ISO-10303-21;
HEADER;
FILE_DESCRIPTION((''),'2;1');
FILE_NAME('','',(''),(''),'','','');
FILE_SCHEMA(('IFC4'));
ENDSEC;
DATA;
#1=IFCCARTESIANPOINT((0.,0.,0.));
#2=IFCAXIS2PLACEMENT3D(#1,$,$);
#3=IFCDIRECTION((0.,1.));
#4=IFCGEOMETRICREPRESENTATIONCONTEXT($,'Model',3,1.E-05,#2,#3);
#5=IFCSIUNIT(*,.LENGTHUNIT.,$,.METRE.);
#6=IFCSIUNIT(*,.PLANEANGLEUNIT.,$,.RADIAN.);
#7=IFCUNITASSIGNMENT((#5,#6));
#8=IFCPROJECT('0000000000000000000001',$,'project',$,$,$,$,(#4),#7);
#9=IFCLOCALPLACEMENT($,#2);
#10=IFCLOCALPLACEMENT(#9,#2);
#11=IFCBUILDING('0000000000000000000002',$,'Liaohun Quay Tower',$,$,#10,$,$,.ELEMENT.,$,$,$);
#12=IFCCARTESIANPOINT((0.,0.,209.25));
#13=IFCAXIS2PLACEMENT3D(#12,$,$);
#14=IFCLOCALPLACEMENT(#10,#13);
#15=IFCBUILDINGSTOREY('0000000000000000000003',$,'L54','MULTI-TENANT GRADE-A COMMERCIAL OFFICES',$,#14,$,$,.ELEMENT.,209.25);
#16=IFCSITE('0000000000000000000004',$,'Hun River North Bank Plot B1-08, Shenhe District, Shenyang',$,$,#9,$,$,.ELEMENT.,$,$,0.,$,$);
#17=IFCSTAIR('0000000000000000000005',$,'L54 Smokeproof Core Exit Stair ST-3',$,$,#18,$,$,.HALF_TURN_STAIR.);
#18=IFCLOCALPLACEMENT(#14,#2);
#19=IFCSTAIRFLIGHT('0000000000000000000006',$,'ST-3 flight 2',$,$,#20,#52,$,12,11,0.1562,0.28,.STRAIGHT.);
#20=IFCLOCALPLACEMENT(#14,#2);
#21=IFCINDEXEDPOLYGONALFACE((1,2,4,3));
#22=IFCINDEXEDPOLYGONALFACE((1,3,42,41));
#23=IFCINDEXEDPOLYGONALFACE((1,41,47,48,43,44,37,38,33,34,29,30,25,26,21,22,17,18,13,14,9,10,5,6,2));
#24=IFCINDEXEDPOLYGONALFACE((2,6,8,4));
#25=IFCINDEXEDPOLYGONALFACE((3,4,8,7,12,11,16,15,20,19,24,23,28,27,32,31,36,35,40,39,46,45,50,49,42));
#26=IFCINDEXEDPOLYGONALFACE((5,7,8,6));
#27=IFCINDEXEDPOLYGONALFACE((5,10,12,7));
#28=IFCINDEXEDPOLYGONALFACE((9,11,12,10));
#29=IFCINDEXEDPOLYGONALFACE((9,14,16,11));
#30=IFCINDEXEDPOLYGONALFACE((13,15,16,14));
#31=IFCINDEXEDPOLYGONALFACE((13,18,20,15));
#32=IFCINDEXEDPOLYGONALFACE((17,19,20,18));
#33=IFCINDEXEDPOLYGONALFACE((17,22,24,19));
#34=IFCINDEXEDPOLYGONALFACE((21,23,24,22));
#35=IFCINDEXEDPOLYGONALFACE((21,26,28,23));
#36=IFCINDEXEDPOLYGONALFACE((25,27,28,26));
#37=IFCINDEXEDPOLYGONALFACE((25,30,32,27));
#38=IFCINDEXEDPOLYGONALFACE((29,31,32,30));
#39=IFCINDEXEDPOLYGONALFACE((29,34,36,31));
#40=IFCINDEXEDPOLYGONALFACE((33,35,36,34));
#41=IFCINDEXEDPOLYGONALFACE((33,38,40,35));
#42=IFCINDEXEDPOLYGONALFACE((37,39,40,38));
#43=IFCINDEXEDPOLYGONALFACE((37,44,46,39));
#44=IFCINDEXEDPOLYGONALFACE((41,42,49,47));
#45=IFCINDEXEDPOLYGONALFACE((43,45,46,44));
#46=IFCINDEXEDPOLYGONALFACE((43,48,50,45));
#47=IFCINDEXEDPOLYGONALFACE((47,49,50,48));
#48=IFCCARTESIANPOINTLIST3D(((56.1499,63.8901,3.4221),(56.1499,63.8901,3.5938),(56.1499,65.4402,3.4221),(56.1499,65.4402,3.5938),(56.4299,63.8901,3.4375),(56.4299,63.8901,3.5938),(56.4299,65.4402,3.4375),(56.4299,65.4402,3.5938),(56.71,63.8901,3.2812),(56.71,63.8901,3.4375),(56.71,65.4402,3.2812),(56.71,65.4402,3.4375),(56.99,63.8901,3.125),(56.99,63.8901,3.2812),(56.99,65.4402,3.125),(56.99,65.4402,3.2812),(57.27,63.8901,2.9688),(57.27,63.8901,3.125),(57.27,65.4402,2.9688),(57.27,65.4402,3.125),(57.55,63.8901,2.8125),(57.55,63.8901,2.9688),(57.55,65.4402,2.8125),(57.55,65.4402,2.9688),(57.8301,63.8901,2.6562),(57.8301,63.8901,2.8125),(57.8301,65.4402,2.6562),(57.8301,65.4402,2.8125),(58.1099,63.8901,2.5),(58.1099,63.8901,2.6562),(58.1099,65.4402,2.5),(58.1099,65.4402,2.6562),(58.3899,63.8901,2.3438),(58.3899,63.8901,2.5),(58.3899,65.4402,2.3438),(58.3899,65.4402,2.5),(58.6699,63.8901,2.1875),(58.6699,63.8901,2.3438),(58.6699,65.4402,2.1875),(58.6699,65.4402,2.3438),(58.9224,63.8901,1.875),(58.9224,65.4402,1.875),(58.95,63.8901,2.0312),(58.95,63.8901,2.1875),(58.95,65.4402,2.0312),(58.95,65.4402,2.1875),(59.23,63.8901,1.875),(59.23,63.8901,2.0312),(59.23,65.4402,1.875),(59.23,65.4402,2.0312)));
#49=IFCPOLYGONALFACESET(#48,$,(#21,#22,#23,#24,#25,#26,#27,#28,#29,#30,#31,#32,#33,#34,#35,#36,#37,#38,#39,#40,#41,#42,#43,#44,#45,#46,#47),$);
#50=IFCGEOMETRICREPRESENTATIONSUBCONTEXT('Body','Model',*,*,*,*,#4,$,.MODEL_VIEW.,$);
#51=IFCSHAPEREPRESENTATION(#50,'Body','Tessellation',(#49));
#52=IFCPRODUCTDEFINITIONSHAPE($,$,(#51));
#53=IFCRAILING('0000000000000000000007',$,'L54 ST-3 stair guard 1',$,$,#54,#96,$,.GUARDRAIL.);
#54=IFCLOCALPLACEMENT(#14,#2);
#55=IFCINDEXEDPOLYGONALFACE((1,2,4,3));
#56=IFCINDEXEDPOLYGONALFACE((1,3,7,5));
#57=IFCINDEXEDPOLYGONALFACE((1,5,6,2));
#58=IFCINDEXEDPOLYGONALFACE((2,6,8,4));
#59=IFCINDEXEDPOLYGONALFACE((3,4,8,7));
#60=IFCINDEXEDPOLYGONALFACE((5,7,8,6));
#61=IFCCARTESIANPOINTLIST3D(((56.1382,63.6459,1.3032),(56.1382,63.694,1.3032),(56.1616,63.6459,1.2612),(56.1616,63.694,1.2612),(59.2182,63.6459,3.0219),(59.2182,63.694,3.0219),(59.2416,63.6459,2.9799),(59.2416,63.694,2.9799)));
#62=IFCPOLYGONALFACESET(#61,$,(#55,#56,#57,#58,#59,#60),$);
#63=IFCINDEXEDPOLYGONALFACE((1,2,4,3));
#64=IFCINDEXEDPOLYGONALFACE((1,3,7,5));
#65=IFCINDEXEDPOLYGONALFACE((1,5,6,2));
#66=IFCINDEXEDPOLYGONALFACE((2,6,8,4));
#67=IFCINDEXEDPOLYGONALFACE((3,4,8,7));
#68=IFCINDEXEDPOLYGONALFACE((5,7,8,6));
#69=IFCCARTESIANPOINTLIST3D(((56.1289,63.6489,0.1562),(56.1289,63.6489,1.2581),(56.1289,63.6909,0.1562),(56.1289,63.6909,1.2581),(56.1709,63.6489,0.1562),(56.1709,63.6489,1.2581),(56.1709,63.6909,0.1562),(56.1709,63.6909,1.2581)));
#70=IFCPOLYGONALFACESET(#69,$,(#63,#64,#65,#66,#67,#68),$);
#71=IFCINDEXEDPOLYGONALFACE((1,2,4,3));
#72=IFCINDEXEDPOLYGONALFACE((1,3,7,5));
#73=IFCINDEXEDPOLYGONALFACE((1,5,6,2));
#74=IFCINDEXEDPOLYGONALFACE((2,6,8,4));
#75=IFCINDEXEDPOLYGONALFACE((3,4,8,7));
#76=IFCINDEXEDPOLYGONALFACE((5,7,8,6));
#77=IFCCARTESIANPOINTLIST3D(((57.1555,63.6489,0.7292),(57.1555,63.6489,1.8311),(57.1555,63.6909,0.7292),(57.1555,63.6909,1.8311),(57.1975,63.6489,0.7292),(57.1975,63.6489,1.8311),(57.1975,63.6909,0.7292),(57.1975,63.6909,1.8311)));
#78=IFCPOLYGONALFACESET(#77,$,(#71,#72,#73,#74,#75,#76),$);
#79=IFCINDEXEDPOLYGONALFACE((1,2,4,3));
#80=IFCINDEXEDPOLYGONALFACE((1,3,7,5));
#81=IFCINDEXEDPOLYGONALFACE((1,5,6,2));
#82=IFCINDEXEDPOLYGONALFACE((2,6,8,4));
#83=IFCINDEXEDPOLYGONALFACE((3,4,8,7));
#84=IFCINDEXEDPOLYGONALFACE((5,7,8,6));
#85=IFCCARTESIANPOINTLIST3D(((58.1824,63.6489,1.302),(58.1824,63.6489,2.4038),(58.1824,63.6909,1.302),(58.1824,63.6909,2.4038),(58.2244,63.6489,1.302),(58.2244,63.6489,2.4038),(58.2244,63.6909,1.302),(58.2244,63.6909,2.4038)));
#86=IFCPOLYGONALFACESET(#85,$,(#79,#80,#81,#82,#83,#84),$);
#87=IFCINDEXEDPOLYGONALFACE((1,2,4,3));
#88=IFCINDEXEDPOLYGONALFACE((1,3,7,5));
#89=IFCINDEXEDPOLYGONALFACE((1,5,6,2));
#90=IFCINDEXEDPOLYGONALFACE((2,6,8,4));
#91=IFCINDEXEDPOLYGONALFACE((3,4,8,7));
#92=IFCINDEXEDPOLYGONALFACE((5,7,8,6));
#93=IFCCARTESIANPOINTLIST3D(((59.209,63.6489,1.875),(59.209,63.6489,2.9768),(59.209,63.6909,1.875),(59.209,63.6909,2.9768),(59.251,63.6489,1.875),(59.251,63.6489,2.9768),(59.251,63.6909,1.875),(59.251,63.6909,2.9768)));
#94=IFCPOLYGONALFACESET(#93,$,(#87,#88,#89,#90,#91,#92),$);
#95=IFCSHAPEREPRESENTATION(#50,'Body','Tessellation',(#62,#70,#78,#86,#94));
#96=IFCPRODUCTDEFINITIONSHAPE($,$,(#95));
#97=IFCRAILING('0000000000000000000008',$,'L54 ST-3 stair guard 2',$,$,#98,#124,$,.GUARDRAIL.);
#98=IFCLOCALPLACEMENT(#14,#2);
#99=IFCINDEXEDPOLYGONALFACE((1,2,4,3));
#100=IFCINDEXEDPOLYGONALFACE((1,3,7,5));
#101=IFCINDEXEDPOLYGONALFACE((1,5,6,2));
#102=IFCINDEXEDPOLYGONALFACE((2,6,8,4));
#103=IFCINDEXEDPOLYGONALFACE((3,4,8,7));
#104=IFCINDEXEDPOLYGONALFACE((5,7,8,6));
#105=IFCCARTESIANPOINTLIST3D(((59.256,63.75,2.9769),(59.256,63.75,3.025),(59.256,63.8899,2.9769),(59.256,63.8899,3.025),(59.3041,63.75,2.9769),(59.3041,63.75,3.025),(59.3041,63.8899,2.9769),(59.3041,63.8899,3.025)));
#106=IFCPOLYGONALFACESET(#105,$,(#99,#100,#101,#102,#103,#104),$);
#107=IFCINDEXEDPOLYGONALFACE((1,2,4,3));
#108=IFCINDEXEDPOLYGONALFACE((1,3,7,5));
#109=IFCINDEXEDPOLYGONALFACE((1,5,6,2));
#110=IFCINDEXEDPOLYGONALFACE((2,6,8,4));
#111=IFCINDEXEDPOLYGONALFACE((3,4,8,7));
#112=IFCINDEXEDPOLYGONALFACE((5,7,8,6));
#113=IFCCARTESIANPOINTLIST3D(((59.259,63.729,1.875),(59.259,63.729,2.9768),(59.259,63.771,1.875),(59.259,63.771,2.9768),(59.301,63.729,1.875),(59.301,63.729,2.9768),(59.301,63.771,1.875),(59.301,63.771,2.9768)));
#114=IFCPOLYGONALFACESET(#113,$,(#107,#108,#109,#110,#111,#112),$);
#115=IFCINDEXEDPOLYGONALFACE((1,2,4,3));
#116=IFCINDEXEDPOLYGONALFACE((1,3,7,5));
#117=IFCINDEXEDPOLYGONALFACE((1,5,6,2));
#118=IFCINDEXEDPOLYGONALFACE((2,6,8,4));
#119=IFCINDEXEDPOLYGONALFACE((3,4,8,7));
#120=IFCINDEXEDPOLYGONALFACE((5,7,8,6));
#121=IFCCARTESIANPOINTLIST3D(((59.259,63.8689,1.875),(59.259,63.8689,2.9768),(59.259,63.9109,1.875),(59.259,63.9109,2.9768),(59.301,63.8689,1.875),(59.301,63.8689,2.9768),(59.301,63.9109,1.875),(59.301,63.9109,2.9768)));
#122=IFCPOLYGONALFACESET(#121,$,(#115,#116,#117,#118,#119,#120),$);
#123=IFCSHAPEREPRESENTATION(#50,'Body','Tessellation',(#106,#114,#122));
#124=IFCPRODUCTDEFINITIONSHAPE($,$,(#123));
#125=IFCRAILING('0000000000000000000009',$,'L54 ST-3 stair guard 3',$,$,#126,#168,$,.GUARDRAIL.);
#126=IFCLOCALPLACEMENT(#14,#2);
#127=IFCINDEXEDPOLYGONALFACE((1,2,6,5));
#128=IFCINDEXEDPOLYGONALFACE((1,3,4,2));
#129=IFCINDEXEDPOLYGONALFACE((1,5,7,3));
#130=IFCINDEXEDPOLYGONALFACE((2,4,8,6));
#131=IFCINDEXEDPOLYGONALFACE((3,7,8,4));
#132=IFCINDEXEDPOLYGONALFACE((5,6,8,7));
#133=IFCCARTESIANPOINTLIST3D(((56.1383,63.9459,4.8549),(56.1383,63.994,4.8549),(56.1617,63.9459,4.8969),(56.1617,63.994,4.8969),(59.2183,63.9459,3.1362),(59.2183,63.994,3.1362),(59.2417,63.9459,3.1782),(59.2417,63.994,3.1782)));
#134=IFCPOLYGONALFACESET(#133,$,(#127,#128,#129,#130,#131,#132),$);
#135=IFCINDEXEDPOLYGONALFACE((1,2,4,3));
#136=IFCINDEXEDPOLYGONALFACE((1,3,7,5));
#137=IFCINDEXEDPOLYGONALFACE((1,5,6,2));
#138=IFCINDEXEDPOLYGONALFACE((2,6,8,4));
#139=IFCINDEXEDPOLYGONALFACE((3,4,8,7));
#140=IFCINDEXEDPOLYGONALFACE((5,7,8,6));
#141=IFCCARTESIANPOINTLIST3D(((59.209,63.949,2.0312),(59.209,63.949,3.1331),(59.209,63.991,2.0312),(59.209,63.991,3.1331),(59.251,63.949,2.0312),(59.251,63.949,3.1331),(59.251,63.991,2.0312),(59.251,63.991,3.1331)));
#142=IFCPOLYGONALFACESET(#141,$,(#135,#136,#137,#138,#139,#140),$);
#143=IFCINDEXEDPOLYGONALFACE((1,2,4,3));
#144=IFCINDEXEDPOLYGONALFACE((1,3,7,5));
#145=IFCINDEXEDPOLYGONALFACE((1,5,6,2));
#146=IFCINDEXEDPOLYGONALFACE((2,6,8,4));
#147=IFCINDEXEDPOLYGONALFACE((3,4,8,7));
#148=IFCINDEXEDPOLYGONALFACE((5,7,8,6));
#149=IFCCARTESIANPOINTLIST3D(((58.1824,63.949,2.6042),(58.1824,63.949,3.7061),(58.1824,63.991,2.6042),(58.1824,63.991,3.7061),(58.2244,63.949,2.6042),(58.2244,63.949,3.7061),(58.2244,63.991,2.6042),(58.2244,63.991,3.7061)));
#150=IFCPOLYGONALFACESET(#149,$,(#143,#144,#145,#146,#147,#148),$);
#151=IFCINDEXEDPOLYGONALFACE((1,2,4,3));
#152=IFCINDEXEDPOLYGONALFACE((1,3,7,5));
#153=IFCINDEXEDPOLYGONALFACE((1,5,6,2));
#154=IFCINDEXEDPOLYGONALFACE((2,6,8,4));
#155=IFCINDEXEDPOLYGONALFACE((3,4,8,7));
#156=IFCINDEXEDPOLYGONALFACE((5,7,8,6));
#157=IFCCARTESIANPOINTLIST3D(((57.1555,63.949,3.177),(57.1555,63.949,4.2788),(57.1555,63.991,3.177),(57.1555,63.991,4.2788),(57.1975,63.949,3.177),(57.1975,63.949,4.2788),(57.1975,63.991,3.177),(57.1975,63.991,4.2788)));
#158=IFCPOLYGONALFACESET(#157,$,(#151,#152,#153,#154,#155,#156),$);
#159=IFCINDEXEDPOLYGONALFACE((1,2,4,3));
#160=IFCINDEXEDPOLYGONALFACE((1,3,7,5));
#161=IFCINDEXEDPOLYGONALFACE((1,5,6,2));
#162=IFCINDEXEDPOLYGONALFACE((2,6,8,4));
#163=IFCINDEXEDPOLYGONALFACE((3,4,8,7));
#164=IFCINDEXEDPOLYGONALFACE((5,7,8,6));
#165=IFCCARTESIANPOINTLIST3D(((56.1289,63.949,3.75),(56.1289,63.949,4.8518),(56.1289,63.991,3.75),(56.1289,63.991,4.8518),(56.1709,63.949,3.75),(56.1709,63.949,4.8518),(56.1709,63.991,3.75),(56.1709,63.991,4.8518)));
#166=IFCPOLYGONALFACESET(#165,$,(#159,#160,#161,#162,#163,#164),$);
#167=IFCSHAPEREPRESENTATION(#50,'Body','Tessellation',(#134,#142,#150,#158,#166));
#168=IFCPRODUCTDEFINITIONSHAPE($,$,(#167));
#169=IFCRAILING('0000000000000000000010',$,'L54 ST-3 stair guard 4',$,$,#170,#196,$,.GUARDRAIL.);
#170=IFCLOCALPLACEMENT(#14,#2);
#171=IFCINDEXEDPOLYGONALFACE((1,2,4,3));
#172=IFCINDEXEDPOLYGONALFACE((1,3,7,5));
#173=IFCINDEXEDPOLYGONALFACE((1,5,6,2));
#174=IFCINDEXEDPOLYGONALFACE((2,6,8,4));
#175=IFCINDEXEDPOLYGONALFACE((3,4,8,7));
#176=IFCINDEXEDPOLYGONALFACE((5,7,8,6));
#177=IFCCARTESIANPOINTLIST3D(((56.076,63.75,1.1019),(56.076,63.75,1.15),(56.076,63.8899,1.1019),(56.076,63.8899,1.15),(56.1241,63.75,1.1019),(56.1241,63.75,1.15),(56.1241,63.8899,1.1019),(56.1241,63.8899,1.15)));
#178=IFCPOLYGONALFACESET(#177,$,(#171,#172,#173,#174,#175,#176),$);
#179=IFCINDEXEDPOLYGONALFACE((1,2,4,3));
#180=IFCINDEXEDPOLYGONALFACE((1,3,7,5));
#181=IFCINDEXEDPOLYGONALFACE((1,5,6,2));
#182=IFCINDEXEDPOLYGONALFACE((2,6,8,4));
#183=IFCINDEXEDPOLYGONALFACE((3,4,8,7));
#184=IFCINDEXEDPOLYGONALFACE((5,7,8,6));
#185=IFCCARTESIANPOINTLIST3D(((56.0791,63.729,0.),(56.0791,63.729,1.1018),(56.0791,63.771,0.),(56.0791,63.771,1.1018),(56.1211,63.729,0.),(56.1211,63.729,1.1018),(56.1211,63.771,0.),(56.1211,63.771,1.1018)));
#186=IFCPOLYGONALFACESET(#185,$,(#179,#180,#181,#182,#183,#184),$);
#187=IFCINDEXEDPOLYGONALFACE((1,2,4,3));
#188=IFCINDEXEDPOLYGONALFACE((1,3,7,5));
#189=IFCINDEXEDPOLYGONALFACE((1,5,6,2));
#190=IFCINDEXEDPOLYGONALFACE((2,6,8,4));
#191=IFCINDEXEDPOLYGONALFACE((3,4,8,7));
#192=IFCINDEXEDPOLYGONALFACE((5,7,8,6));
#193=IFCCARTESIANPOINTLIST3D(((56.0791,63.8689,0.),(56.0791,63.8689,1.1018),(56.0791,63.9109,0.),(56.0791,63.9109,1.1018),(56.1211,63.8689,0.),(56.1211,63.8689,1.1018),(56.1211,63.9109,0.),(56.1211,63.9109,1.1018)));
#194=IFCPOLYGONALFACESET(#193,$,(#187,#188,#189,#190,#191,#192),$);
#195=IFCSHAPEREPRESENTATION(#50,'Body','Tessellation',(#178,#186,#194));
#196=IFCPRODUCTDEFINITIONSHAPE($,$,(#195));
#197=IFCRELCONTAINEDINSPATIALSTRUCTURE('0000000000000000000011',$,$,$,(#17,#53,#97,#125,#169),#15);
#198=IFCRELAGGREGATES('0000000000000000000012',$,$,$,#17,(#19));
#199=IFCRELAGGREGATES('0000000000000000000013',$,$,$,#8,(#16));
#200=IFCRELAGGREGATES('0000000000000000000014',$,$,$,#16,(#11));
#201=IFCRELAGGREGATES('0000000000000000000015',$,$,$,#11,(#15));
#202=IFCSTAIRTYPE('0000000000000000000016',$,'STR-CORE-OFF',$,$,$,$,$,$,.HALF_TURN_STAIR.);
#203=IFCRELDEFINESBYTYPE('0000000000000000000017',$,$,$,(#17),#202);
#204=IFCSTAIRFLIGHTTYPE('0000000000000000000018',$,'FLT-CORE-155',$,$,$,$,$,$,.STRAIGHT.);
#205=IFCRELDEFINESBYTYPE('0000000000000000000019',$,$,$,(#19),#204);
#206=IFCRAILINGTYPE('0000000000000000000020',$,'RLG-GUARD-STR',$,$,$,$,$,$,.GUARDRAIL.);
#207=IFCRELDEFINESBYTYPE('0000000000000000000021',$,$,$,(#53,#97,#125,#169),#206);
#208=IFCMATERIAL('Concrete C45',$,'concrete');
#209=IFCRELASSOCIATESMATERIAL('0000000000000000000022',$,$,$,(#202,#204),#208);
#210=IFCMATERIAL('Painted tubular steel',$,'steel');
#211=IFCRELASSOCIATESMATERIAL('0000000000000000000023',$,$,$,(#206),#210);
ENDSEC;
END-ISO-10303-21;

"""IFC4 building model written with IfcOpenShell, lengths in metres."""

from ifc_helpers import new_model, si_unit, direction, frame, origin, origin_2d, place, context, subcontext, project, spatial, polyline, rectangle, outline, extrude, material, type_object, element, aggregate, save


model = new_model("IFC4")

# Units and contexts
model_context = context("Model", 3, precision=1e-05, world=origin(), true_north=direction((0.0, 1.0)))
body_context = subcontext(model_context, "Body", "Model", "MODEL_VIEW")
ifc_project = project(units=[si_unit("LENGTHUNIT", "METRE"), si_unit("PLANEANGLEUNIT", "RADIAN")], contexts=[model_context])

# Site, building, storey
site_placement = place(None, origin())
site = spatial("IfcSite", under=ifc_project, at=site_placement, Name="Hun River North Bank Plot B1-08, Shenhe District, Shenyang", CompositionType="ELEMENT", RefElevation=0.0)
building_placement = place(site_placement, origin())
building = spatial("IfcBuilding", under=site, at=building_placement, Name="Liaohun Quay Tower", CompositionType="ELEMENT")
storey_placement = place(building_placement, frame((0.0, 0.0, 209.25)))
storey = spatial("IfcBuildingStorey", under=building, at=storey_placement, Name="L54", Description="MULTI-TENANT GRADE-A COMMERCIAL OFFICES", CompositionType="ELEMENT", Elevation=209.25)

# Stair, stair flight
ifc_material_1 = material(Name="Concrete C45", Category="concrete")
stair_type = type_object("IfcStairType", Name="STR-CORE-OFF", PredefinedType="HALF_TURN_STAIR", material=ifc_material_1)
stair_placement = place(storey_placement, origin())
stair = element("IfcStair", 1, at=stair_placement, inside=storey, type_object=stair_type, Name="L54 Smokeproof Core Exit Stair ST-3", PredefinedType="HALF_TURN_STAIR")
stair_flight_type = type_object("IfcStairFlightType", Name="FLT-CORE-155", PredefinedType="STRAIGHT", material=ifc_material_1)
stair_flight_1_placement = place(storey_placement, frame((59.23, 64.665, 1.875), z_axis=(0.0, 0.0, 1.0), x_axis=(-1.0, 0.0, 0.0)))
stair_flight_1 = element("IfcStairFlight", 2, at=stair_flight_1_placement, type_object=stair_flight_type, Name="ST-3 flight 2", NumberOfRisers=12, NumberOfTreads=11, PredefinedType="STRAIGHT", RiserHeight=0.1562, TreadLength=0.28, context=body_context, shape_type="SweptSolid", body=[
    extrude(outline(polyline([(0.0, 0.0), (0.0, 0.1562), (0.28, 0.1562), (0.28, 0.3125), (0.5601, 0.3125), (0.5601, 0.4688), (0.8401, 0.4688), (0.8401, 0.625), (1.1201, 0.625), (1.1201, 0.7812), (1.3999, 0.7812), (1.3999, 0.9375), (1.6799, 0.9375), (1.6799, 1.0938), (1.96, 1.0938), (1.96, 1.25), (2.24, 1.25), (2.24, 1.4062), (2.52, 1.4062), (2.52, 1.5625), (2.8, 1.5625), (2.8, 1.7188), (3.0801, 1.7188), (3.0801, 1.875), (3.0801, 1.5471), (0.3076, 0.0), (0.0, 0.0)])), frame((0.0, 0.7749, 0.0), z_axis=(0.0, -1.0, 0.0), x_axis=(1.0, 0.0, 0.0)), (0.0, 0.0, 1.0), 1.55),
])
aggregate(stair, [stair_flight_1])

# Railings
ifc_material_2 = material(Name="Painted tubular steel", Category="steel")
railing_type_1 = type_object("IfcRailingType", Name="RLG-GUARD-STR", PredefinedType="GUARDRAIL", material=ifc_material_2)
railing_1_placement = place(storey_placement, frame((56.1499, 63.6699, 0.1562)))
element("IfcRailing", 3, at=railing_1_placement, inside=storey, type_object=railing_type_1, Name="L54 ST-3 stair guard 1", PredefinedType="GUARDRAIL", context=body_context, shape_type="SweptSolid", body=[
    extrude(rectangle(XDim=0.0481, YDim=0.0481, at=origin_2d()), frame((0.0, 0.0, 1.126), z_axis=(0.873242, 0.0, 0.487288), x_axis=(0.0, 1.0, 0.0)), (0.0, 0.0, 1.0), 3.5271),
    extrude(rectangle(XDim=0.042, YDim=0.042, at=origin_2d()), origin(), (0.0, 0.0, 1.0), 1.1018),
    extrude(rectangle(XDim=0.042, YDim=0.042, at=origin_2d()), frame((1.0266, 0.0, 0.573)), (0.0, 0.0, 1.0), 1.1018),
    extrude(rectangle(XDim=0.042, YDim=0.042, at=origin_2d()), frame((2.0535, 0.0, 1.1458)), (0.0, 0.0, 1.0), 1.1018),
    extrude(rectangle(XDim=0.042, YDim=0.042, at=origin_2d()), frame((3.0801, 0.0, 1.7188)), (0.0, 0.0, 1.0), 1.1018),
])
railing_2_placement = place(storey_placement, frame((59.28, 63.75, 1.875)))
element("IfcRailing", 4, at=railing_2_placement, inside=storey, type_object=railing_type_1, Name="L54 ST-3 stair guard 2", PredefinedType="GUARDRAIL", context=body_context, shape_type="SweptSolid", body=[
    extrude(rectangle(XDim=0.0481, YDim=0.0481, at=origin_2d()), frame((0.0, 0.0, 1.126), z_axis=(0.0, 1.0, 0.0), x_axis=(-1.0, 0.0, 0.0)), (0.0, 0.0, 1.0), 0.1399),
    extrude(rectangle(XDim=0.042, YDim=0.042, at=origin_2d()), origin(), (0.0, 0.0, 1.0), 1.1018),
    extrude(rectangle(XDim=0.042, YDim=0.042, at=origin_2d()), frame((0.0, 0.1399, 0.0)), (0.0, 0.0, 1.0), 1.1018),
])
railing_3_placement = place(storey_placement, frame((59.23, 63.97, 2.0312)))
element("IfcRailing", 5, at=railing_3_placement, inside=storey, type_object=railing_type_1, Name="L54 ST-3 stair guard 3", PredefinedType="GUARDRAIL", context=body_context, shape_type="SweptSolid", body=[
    extrude(rectangle(XDim=0.0481, YDim=0.0481, at=origin_2d()), frame((0.0, 0.0, 1.126), z_axis=(-0.873242, 0.0, 0.487288), x_axis=(0.0, -1.0, 0.0)), (0.0, 0.0, 1.0), 3.5271),
    extrude(rectangle(XDim=0.042, YDim=0.042, at=origin_2d()), origin(), (0.0, 0.0, 1.0), 1.1018),
    extrude(rectangle(XDim=0.042, YDim=0.042, at=origin_2d()), frame((-1.0266, 0.0, 0.573)), (0.0, 0.0, 1.0), 1.1018),
    extrude(rectangle(XDim=0.042, YDim=0.042, at=origin_2d()), frame((-2.0535, 0.0, 1.1458)), (0.0, 0.0, 1.0), 1.1018),
    extrude(rectangle(XDim=0.042, YDim=0.042, at=origin_2d()), frame((-3.0801, 0.0, 1.7188)), (0.0, 0.0, 1.0), 1.1018),
])
railing_4_placement = place(storey_placement, frame((56.1001, 63.75, 0.0)))
element("IfcRailing", 6, at=railing_4_placement, inside=storey, type_object=railing_type_1, Name="L54 ST-3 stair guard 4", PredefinedType="GUARDRAIL", context=body_context, shape_type="SweptSolid", body=[
    extrude(rectangle(XDim=0.0481, YDim=0.0481, at=origin_2d()), frame((0.0, 0.0, 1.126), z_axis=(0.0, 1.0, 0.0), x_axis=(-1.0, 0.0, 0.0)), (0.0, 0.0, 1.0), 0.1399),
    extrude(rectangle(XDim=0.042, YDim=0.042, at=origin_2d()), origin(), (0.0, 0.0, 1.0), 1.1018),
    extrude(rectangle(XDim=0.042, YDim=0.042, at=origin_2d()), frame((0.0, 0.1399, 0.0)), (0.0, 0.0, 1.0), 1.1018),
])

save(model, "model.ifc")
